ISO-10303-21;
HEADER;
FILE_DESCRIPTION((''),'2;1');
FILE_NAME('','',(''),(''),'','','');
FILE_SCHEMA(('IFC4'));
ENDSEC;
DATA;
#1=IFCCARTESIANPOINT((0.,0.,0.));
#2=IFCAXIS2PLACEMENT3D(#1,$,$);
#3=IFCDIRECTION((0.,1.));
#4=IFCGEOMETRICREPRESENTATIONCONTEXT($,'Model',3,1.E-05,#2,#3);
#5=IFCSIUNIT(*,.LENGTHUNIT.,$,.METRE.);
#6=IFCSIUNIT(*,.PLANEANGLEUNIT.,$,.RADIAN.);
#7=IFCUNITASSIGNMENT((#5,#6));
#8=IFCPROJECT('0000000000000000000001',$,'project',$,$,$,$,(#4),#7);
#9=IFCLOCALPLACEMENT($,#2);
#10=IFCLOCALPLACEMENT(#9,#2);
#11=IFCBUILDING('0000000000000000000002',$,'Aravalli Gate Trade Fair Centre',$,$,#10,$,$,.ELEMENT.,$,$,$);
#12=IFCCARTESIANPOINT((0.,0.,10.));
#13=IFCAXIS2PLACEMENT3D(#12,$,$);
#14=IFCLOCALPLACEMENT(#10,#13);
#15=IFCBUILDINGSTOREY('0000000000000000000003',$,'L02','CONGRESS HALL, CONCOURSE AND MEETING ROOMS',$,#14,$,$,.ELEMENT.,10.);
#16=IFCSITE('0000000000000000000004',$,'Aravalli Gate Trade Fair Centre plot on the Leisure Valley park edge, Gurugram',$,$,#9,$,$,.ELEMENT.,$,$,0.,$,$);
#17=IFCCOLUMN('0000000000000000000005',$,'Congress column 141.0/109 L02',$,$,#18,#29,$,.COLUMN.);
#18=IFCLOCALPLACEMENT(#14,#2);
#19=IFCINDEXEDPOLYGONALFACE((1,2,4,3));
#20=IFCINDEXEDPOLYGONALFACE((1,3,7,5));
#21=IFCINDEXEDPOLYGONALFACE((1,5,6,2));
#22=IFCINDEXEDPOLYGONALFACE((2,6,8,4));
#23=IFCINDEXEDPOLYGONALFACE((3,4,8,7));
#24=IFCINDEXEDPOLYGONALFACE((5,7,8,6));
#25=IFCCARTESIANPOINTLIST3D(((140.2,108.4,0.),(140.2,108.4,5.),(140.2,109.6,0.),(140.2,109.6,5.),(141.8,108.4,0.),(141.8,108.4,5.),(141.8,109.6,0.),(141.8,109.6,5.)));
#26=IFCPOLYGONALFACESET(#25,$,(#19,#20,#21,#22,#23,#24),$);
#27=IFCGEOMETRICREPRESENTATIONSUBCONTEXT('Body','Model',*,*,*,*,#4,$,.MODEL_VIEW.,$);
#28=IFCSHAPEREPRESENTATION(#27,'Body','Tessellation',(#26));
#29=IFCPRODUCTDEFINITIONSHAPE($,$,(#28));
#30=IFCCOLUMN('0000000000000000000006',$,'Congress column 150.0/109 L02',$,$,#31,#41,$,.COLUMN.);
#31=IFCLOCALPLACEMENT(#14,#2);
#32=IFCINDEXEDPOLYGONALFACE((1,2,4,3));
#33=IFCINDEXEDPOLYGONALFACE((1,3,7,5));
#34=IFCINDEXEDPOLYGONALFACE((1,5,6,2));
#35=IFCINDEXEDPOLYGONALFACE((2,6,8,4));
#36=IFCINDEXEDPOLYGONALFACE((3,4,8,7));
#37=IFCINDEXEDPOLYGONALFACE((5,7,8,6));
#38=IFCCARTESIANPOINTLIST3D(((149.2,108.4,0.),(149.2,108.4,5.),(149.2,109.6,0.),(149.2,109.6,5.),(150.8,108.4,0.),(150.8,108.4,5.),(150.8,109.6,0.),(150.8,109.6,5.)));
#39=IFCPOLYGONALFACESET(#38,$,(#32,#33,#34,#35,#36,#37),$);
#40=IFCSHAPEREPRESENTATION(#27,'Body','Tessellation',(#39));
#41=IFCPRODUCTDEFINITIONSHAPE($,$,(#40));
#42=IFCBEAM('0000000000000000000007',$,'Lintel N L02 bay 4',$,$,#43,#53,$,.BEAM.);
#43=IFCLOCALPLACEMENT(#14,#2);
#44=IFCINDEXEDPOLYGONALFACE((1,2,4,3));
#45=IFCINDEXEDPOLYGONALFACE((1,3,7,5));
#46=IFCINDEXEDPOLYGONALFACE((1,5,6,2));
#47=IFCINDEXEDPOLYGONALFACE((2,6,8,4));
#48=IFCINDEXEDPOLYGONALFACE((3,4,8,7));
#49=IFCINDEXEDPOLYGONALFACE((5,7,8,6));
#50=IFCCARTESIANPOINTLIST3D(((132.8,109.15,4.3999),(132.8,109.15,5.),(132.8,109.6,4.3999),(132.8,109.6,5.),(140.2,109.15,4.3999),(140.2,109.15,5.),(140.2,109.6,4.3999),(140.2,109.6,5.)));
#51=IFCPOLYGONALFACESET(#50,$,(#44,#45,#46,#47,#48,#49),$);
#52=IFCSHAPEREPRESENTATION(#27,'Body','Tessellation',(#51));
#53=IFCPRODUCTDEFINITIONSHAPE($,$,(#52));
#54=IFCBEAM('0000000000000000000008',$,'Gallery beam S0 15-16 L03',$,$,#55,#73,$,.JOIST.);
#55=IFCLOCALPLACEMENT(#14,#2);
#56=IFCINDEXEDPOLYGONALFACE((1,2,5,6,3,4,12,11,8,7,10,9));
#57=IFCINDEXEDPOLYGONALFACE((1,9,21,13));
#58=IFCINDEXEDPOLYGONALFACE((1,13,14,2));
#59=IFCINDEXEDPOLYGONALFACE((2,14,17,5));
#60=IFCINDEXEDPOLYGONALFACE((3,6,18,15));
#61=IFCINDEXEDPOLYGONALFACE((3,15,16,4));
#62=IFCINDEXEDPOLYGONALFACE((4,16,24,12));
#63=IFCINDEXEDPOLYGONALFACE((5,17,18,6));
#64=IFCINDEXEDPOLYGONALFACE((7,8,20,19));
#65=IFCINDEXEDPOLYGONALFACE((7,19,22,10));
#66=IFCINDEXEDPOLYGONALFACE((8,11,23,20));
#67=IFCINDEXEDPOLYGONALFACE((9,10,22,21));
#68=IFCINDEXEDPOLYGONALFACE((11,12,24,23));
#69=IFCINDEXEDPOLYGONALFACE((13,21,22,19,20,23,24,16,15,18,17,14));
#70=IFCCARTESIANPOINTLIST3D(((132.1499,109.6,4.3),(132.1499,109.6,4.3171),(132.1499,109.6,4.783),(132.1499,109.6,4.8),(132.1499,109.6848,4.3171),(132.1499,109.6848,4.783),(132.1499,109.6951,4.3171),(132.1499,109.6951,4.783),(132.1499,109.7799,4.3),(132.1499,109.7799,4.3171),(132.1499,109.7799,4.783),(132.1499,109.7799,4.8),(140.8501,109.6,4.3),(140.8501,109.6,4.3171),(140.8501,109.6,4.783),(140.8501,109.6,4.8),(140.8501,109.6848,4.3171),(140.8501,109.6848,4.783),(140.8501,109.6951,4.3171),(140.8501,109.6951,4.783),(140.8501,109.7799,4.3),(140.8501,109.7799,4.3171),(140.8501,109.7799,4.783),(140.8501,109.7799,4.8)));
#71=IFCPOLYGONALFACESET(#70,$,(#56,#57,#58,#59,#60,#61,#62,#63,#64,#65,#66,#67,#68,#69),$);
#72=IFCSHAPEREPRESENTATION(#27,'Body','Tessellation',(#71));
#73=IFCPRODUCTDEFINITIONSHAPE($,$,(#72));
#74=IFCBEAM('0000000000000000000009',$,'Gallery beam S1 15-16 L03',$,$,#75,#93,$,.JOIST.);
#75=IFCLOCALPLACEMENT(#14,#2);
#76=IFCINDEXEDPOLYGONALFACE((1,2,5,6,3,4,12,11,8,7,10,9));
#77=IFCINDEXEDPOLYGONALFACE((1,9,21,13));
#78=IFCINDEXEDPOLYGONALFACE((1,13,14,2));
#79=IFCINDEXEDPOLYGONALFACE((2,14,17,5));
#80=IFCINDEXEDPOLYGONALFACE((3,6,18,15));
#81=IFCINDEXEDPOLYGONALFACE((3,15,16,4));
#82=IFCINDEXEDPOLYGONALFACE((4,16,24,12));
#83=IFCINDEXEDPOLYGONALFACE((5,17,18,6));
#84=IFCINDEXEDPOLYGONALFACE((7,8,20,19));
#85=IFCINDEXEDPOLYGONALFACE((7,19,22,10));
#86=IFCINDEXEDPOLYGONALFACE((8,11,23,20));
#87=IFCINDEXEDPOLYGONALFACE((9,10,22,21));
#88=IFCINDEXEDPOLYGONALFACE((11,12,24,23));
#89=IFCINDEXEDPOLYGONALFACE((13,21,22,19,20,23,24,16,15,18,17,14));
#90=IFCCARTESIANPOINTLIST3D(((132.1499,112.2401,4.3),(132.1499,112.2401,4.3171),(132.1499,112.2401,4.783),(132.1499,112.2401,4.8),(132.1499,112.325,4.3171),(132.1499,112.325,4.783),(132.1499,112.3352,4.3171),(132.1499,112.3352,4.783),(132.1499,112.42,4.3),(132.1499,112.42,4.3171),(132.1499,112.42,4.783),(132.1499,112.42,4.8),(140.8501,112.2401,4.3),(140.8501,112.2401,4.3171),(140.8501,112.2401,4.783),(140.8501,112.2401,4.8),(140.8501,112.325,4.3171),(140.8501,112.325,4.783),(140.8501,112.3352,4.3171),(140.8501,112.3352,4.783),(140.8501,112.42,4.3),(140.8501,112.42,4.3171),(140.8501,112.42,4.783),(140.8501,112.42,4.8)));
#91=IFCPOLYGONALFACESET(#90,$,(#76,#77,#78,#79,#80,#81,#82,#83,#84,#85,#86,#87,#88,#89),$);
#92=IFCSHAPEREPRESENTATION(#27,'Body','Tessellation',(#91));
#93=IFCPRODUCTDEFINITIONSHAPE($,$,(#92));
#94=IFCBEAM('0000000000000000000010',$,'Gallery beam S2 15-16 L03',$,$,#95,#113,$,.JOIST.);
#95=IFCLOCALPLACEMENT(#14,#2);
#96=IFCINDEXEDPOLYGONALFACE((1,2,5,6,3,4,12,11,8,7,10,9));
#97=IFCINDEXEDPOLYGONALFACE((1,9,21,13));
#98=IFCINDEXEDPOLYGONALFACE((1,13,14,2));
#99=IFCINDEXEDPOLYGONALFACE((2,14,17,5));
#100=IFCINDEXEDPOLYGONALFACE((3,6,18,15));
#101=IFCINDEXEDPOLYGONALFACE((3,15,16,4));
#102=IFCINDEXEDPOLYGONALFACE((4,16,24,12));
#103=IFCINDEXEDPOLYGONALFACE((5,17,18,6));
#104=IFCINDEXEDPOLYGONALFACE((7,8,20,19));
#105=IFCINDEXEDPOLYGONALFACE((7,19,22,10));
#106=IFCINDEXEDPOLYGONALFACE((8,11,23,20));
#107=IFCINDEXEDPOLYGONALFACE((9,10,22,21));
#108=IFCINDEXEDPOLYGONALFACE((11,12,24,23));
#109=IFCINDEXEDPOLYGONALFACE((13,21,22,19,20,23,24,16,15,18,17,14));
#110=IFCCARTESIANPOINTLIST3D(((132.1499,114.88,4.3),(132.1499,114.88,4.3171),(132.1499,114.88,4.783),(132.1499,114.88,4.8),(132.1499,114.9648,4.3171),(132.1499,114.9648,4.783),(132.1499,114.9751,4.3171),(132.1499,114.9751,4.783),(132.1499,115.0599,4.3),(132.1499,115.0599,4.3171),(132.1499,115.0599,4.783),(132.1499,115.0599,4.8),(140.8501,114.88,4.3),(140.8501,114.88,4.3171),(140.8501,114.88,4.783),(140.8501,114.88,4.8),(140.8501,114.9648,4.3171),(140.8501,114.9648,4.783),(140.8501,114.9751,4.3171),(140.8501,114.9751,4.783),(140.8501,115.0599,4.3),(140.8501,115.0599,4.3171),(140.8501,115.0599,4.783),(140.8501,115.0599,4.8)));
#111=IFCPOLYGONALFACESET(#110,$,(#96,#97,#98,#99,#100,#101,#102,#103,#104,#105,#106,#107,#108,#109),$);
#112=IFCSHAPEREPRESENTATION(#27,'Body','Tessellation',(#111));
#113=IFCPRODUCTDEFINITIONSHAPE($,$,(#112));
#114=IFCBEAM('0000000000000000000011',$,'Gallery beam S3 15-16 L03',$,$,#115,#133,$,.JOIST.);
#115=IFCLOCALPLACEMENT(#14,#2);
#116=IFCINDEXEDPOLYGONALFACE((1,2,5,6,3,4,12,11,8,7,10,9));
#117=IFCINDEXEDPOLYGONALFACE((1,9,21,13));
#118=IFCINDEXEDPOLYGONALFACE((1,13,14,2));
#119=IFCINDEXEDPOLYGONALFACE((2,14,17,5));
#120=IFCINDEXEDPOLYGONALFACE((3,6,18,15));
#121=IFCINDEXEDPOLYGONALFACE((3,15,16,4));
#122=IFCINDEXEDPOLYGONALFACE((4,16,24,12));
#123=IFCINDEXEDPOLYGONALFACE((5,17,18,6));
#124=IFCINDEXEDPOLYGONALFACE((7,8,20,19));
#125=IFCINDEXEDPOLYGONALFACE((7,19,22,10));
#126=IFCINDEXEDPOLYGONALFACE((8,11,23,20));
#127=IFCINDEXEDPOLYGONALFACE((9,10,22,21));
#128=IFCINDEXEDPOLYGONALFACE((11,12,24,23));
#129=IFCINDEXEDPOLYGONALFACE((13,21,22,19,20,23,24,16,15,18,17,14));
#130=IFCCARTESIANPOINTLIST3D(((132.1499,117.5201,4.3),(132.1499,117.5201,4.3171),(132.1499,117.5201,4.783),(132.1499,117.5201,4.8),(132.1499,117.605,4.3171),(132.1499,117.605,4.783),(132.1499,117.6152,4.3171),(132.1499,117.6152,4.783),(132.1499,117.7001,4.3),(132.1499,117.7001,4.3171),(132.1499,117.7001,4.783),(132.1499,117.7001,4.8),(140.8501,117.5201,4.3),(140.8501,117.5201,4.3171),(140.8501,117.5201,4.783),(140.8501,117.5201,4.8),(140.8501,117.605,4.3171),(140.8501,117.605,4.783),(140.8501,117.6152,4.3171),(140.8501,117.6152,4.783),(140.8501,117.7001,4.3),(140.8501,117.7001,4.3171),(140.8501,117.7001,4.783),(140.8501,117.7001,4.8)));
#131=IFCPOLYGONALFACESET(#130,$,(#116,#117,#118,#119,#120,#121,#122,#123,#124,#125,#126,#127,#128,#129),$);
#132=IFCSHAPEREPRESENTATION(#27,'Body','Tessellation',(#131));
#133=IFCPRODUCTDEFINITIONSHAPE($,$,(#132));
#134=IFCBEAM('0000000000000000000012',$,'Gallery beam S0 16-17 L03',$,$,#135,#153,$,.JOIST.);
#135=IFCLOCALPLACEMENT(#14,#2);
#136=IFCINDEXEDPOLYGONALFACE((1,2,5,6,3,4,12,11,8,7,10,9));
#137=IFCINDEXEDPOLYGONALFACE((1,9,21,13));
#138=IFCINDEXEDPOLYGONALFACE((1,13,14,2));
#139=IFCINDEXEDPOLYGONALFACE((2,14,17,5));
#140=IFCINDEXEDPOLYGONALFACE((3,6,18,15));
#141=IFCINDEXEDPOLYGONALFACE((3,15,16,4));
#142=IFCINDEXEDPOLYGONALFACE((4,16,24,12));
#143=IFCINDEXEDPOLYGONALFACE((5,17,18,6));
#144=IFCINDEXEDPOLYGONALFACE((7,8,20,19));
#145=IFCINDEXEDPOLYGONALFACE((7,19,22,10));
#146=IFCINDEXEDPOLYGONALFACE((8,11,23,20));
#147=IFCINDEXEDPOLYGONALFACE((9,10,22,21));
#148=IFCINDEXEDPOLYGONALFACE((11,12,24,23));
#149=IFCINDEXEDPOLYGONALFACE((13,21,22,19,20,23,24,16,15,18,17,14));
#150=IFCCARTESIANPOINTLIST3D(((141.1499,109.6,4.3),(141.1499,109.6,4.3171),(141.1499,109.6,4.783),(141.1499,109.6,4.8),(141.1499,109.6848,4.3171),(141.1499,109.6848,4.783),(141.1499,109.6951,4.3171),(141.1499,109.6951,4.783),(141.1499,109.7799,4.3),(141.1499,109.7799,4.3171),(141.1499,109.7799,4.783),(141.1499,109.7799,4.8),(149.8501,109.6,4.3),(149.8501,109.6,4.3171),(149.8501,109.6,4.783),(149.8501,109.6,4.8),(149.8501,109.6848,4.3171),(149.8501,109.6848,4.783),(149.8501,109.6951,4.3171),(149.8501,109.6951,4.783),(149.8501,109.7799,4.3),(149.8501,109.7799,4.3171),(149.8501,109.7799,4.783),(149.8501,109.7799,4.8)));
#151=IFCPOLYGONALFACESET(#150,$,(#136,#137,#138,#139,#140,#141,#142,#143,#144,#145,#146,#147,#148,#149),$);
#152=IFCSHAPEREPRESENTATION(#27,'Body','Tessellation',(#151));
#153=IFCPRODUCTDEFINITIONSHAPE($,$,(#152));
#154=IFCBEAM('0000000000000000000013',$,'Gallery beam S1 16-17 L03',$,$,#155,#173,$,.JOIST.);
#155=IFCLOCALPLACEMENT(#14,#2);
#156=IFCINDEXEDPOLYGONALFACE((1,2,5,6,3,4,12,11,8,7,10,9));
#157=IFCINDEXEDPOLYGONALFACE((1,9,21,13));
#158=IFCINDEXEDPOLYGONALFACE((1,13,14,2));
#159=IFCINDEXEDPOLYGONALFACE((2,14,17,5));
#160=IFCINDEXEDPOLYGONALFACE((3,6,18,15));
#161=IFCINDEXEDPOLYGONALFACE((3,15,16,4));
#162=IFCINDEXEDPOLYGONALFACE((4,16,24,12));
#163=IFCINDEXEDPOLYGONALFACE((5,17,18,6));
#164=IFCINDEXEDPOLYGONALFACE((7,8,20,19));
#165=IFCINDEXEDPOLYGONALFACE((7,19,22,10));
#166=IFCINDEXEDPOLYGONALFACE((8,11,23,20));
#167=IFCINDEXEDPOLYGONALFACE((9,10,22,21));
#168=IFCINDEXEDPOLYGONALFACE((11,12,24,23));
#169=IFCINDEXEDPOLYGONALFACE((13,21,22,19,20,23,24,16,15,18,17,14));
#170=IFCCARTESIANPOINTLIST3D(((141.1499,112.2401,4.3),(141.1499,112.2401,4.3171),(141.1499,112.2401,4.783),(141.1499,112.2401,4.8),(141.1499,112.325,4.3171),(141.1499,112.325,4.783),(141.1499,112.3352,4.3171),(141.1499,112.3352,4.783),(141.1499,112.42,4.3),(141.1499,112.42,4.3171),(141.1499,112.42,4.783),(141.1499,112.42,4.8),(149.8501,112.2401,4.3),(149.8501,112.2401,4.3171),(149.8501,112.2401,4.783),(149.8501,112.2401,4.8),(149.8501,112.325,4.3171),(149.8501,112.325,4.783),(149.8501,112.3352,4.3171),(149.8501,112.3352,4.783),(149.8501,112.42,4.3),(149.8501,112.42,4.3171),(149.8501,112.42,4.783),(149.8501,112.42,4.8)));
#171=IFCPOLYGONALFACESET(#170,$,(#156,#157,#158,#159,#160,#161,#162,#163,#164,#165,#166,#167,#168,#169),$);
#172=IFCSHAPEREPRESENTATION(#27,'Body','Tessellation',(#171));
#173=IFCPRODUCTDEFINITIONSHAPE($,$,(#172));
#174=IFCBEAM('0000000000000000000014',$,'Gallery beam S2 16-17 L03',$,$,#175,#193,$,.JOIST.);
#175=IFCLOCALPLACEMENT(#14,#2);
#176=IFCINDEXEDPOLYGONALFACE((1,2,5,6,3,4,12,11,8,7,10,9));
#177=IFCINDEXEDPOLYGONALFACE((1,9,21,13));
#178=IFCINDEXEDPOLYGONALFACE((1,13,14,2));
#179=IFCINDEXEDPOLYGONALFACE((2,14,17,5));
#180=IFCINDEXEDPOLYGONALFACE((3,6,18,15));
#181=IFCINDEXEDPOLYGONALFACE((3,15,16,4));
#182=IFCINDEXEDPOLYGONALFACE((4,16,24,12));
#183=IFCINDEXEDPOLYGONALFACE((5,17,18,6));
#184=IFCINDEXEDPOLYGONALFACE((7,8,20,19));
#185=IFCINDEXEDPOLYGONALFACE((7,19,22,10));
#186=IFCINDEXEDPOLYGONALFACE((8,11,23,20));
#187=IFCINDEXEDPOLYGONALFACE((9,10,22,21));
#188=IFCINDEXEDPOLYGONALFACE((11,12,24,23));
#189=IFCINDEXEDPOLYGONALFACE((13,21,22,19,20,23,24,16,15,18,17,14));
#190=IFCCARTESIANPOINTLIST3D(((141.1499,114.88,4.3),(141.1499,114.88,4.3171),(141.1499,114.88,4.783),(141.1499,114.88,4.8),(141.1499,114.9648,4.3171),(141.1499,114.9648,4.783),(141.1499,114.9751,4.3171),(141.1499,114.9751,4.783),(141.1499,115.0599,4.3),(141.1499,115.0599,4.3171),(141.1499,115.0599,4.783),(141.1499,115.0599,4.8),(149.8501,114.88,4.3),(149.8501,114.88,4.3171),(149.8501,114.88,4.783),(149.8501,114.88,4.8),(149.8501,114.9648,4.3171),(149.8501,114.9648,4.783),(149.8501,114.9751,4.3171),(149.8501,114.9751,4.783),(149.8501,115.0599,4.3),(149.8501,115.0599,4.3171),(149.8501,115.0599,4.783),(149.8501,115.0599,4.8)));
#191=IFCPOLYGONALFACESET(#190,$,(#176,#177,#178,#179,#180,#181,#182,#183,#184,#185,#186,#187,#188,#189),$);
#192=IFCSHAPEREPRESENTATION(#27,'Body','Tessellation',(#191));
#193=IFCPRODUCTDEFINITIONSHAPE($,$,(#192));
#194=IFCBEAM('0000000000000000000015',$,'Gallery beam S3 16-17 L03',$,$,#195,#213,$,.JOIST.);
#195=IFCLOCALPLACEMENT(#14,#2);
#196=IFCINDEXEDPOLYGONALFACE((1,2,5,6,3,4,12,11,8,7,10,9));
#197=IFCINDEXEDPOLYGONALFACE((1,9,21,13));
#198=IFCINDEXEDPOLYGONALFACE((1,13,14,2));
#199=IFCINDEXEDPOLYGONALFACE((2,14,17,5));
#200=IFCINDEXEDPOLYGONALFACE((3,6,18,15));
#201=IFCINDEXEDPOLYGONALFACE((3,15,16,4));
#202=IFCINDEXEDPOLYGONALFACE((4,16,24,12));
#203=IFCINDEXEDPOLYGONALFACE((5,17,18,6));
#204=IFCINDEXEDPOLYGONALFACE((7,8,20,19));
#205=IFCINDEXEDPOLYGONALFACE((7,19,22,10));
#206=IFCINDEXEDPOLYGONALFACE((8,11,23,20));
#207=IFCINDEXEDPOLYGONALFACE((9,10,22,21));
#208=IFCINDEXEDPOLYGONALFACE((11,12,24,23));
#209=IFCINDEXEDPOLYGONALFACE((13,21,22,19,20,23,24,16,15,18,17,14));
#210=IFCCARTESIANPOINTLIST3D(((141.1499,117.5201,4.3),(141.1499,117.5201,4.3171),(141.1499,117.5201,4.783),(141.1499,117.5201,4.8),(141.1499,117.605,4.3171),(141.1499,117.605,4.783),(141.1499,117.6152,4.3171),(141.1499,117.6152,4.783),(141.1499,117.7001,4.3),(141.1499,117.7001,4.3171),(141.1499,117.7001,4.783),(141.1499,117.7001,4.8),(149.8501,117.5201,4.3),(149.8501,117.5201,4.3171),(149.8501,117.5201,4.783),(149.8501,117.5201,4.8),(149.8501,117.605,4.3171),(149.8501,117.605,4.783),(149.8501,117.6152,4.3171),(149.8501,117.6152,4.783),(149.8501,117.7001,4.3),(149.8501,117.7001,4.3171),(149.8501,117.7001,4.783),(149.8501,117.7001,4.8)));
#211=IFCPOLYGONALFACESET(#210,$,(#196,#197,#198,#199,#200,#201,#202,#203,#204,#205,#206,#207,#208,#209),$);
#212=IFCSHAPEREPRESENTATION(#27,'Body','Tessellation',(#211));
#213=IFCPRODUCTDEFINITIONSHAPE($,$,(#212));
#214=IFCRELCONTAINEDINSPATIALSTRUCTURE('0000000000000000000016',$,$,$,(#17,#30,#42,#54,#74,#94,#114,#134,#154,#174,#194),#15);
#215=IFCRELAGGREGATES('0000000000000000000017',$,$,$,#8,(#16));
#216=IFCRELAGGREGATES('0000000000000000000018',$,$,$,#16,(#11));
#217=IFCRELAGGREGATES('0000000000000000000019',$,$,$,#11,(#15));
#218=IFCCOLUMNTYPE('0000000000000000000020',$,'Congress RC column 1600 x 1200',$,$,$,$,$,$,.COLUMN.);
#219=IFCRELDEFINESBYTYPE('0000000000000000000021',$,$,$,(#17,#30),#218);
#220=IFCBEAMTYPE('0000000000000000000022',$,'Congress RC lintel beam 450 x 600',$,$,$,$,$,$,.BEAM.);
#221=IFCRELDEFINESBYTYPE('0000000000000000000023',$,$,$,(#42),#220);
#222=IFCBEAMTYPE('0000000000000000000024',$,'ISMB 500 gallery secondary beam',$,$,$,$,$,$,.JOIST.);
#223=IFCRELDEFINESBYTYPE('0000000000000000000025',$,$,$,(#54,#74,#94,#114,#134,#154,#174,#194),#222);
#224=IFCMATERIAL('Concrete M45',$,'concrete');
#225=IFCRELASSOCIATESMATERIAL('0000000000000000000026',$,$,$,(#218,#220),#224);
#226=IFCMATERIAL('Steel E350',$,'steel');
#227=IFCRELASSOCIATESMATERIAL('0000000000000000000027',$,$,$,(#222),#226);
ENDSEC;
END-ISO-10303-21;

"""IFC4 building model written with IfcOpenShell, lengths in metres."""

from ifc_helpers import new_model, si_unit, direction, frame, origin, origin_2d, place, context, subcontext, project, spatial, rectangle, i_section, extrude, material, material_profile, profile_set, type_object, element, save


model = new_model("IFC4")

# Units and contexts
model_context = context("Model", 3, precision=1e-05, world=origin(), true_north=direction((0.0, 1.0)))
body_context = subcontext(model_context, "Body", "Model", "MODEL_VIEW")
ifc_project = project(units=[si_unit("LENGTHUNIT", "METRE"), si_unit("PLANEANGLEUNIT", "RADIAN")], contexts=[model_context])

# Site, building, storey
site_placement = place(None, origin())
site = spatial("IfcSite", under=ifc_project, at=site_placement, Name="Aravalli Gate Trade Fair Centre plot on the Leisure Valley park edge, Gurugram", CompositionType="ELEMENT", RefElevation=0.0)
building_placement = place(site_placement, origin())
building = spatial("IfcBuilding", under=site, at=building_placement, Name="Aravalli Gate Trade Fair Centre", CompositionType="ELEMENT")
storey_placement = place(building_placement, frame((0.0, 0.0, 10.0)))
storey = spatial("IfcBuildingStorey", under=building, at=storey_placement, Name="L02", Description="CONGRESS HALL, CONCOURSE AND MEETING ROOMS", CompositionType="ELEMENT", Elevation=10.0)

# Columns
ifc_material_1 = material(Name="Concrete M45", Category="concrete")
ifc_material_profile_1 = material_profile(ifc_material_1, rectangle(XDim=1.6001, YDim=1.2, at=origin_2d()), Name="RC 1600x1200")
ifc_profile_set_1 = profile_set([ifc_material_profile_1], Name="Concrete M45")
column_type = type_object("IfcColumnType", Name="Congress RC column 1600 x 1200", PredefinedType="COLUMN", material=ifc_profile_set_1)
for number, where, z_axis, x_axis, name in (
    (1, (141.0, 109.0, 0.0), (0.0, 0.0, 1.0), (1.0, 0.0, 0.0), "Congress column 141.0/109 L02"),
    (2, (150.0, 109.0, 0.0), (0.0, 0.0, 1.0), (1.0, 0.0, 0.0), "Congress column 150.0/109 L02"),
):
    element("IfcColumn", number, at=place(storey_placement, frame(where, z_axis=z_axis, x_axis=x_axis)), inside=storey, type_object=column_type, Name=name, PredefinedType="COLUMN", context=body_context, shape_type="SweptSolid", body=[
        extrude(rectangle(XDim=1.6001, YDim=1.2, at=origin_2d()), origin(), (0.0, 0.0, 1.0), 5.0),
    ])

# Beams
ifc_material_profile_2 = material_profile(ifc_material_1, rectangle(XDim=0.45, YDim=0.6001, at=origin_2d()), Name="RC 450x600")
ifc_profile_set_2 = profile_set([ifc_material_profile_2], Name="Concrete M45")
beam_type_1 = type_object("IfcBeamType", Name="Congress RC lintel beam 450 x 600", PredefinedType="BEAM", material=ifc_profile_set_2)
beam_placement = place(storey_placement, frame((132.8, 109.375, 4.7), z_axis=(1.0, 0.0, 0.0), x_axis=(0.0, 1.0, 0.0)))
element("IfcBeam", 3, at=beam_placement, inside=storey, type_object=beam_type_1, Name="Lintel N L02 bay 4", PredefinedType="BEAM", context=body_context, shape_type="SweptSolid", body=[
    extrude(rectangle(XDim=0.45, YDim=0.6001, at=origin_2d()), origin(), (0.0, 0.0, 1.0), 7.3999),
])
ifc_material_2 = material(Name="Steel E350", Category="steel")
ifc_material_profile_3 = material_profile(ifc_material_2, i_section(OverallWidth=0.1799, OverallDepth=0.5, WebThickness=0.0103, FlangeThickness=0.0171, at=origin_2d()), Name="ISMB 500")
ifc_profile_set_3 = profile_set([ifc_material_profile_3], Name="Steel E350")
beam_type_2 = type_object("IfcBeamType", Name="ISMB 500 gallery secondary beam", PredefinedType="JOIST", material=ifc_profile_set_3)
for number, where, z_axis, x_axis, name in (
    (4, (132.1499, 109.6899, 4.55), (1.0, 0.0, 0.0), (0.0, 1.0, 0.0), "Gallery beam S0 15-16 L03"),
    (5, (132.1499, 112.3301, 4.55), (1.0, 0.0, 0.0), (0.0, 1.0, 0.0), "Gallery beam S1 15-16 L03"),
    (6, (132.1499, 114.97, 4.55), (1.0, 0.0, 0.0), (0.0, 1.0, 0.0), "Gallery beam S2 15-16 L03"),
    (7, (132.1499, 117.6101, 4.55), (1.0, 0.0, 0.0), (0.0, 1.0, 0.0), "Gallery beam S3 15-16 L03"),
    (8, (141.1499, 109.6899, 4.55), (1.0, 0.0, 0.0), (0.0, 1.0, 0.0), "Gallery beam S0 16-17 L03"),
    (9, (141.1499, 112.3301, 4.55), (1.0, 0.0, 0.0), (0.0, 1.0, 0.0), "Gallery beam S1 16-17 L03"),
    (10, (141.1499, 114.97, 4.55), (1.0, 0.0, 0.0), (0.0, 1.0, 0.0), "Gallery beam S2 16-17 L03"),
    (11, (141.1499, 117.6101, 4.55), (1.0, 0.0, 0.0), (0.0, 1.0, 0.0), "Gallery beam S3 16-17 L03"),
):
    element("IfcBeam", number, at=place(storey_placement, frame(where, z_axis=z_axis, x_axis=x_axis)), inside=storey, type_object=beam_type_2, Name=name, PredefinedType="JOIST", context=body_context, shape_type="SweptSolid", body=[
        extrude(i_section(OverallWidth=0.1799, OverallDepth=0.5, WebThickness=0.0103, FlangeThickness=0.0171, at=origin_2d()), origin(), (0.0, 0.0, 1.0), 8.7002),
    ])

save(model, "model.ifc")
